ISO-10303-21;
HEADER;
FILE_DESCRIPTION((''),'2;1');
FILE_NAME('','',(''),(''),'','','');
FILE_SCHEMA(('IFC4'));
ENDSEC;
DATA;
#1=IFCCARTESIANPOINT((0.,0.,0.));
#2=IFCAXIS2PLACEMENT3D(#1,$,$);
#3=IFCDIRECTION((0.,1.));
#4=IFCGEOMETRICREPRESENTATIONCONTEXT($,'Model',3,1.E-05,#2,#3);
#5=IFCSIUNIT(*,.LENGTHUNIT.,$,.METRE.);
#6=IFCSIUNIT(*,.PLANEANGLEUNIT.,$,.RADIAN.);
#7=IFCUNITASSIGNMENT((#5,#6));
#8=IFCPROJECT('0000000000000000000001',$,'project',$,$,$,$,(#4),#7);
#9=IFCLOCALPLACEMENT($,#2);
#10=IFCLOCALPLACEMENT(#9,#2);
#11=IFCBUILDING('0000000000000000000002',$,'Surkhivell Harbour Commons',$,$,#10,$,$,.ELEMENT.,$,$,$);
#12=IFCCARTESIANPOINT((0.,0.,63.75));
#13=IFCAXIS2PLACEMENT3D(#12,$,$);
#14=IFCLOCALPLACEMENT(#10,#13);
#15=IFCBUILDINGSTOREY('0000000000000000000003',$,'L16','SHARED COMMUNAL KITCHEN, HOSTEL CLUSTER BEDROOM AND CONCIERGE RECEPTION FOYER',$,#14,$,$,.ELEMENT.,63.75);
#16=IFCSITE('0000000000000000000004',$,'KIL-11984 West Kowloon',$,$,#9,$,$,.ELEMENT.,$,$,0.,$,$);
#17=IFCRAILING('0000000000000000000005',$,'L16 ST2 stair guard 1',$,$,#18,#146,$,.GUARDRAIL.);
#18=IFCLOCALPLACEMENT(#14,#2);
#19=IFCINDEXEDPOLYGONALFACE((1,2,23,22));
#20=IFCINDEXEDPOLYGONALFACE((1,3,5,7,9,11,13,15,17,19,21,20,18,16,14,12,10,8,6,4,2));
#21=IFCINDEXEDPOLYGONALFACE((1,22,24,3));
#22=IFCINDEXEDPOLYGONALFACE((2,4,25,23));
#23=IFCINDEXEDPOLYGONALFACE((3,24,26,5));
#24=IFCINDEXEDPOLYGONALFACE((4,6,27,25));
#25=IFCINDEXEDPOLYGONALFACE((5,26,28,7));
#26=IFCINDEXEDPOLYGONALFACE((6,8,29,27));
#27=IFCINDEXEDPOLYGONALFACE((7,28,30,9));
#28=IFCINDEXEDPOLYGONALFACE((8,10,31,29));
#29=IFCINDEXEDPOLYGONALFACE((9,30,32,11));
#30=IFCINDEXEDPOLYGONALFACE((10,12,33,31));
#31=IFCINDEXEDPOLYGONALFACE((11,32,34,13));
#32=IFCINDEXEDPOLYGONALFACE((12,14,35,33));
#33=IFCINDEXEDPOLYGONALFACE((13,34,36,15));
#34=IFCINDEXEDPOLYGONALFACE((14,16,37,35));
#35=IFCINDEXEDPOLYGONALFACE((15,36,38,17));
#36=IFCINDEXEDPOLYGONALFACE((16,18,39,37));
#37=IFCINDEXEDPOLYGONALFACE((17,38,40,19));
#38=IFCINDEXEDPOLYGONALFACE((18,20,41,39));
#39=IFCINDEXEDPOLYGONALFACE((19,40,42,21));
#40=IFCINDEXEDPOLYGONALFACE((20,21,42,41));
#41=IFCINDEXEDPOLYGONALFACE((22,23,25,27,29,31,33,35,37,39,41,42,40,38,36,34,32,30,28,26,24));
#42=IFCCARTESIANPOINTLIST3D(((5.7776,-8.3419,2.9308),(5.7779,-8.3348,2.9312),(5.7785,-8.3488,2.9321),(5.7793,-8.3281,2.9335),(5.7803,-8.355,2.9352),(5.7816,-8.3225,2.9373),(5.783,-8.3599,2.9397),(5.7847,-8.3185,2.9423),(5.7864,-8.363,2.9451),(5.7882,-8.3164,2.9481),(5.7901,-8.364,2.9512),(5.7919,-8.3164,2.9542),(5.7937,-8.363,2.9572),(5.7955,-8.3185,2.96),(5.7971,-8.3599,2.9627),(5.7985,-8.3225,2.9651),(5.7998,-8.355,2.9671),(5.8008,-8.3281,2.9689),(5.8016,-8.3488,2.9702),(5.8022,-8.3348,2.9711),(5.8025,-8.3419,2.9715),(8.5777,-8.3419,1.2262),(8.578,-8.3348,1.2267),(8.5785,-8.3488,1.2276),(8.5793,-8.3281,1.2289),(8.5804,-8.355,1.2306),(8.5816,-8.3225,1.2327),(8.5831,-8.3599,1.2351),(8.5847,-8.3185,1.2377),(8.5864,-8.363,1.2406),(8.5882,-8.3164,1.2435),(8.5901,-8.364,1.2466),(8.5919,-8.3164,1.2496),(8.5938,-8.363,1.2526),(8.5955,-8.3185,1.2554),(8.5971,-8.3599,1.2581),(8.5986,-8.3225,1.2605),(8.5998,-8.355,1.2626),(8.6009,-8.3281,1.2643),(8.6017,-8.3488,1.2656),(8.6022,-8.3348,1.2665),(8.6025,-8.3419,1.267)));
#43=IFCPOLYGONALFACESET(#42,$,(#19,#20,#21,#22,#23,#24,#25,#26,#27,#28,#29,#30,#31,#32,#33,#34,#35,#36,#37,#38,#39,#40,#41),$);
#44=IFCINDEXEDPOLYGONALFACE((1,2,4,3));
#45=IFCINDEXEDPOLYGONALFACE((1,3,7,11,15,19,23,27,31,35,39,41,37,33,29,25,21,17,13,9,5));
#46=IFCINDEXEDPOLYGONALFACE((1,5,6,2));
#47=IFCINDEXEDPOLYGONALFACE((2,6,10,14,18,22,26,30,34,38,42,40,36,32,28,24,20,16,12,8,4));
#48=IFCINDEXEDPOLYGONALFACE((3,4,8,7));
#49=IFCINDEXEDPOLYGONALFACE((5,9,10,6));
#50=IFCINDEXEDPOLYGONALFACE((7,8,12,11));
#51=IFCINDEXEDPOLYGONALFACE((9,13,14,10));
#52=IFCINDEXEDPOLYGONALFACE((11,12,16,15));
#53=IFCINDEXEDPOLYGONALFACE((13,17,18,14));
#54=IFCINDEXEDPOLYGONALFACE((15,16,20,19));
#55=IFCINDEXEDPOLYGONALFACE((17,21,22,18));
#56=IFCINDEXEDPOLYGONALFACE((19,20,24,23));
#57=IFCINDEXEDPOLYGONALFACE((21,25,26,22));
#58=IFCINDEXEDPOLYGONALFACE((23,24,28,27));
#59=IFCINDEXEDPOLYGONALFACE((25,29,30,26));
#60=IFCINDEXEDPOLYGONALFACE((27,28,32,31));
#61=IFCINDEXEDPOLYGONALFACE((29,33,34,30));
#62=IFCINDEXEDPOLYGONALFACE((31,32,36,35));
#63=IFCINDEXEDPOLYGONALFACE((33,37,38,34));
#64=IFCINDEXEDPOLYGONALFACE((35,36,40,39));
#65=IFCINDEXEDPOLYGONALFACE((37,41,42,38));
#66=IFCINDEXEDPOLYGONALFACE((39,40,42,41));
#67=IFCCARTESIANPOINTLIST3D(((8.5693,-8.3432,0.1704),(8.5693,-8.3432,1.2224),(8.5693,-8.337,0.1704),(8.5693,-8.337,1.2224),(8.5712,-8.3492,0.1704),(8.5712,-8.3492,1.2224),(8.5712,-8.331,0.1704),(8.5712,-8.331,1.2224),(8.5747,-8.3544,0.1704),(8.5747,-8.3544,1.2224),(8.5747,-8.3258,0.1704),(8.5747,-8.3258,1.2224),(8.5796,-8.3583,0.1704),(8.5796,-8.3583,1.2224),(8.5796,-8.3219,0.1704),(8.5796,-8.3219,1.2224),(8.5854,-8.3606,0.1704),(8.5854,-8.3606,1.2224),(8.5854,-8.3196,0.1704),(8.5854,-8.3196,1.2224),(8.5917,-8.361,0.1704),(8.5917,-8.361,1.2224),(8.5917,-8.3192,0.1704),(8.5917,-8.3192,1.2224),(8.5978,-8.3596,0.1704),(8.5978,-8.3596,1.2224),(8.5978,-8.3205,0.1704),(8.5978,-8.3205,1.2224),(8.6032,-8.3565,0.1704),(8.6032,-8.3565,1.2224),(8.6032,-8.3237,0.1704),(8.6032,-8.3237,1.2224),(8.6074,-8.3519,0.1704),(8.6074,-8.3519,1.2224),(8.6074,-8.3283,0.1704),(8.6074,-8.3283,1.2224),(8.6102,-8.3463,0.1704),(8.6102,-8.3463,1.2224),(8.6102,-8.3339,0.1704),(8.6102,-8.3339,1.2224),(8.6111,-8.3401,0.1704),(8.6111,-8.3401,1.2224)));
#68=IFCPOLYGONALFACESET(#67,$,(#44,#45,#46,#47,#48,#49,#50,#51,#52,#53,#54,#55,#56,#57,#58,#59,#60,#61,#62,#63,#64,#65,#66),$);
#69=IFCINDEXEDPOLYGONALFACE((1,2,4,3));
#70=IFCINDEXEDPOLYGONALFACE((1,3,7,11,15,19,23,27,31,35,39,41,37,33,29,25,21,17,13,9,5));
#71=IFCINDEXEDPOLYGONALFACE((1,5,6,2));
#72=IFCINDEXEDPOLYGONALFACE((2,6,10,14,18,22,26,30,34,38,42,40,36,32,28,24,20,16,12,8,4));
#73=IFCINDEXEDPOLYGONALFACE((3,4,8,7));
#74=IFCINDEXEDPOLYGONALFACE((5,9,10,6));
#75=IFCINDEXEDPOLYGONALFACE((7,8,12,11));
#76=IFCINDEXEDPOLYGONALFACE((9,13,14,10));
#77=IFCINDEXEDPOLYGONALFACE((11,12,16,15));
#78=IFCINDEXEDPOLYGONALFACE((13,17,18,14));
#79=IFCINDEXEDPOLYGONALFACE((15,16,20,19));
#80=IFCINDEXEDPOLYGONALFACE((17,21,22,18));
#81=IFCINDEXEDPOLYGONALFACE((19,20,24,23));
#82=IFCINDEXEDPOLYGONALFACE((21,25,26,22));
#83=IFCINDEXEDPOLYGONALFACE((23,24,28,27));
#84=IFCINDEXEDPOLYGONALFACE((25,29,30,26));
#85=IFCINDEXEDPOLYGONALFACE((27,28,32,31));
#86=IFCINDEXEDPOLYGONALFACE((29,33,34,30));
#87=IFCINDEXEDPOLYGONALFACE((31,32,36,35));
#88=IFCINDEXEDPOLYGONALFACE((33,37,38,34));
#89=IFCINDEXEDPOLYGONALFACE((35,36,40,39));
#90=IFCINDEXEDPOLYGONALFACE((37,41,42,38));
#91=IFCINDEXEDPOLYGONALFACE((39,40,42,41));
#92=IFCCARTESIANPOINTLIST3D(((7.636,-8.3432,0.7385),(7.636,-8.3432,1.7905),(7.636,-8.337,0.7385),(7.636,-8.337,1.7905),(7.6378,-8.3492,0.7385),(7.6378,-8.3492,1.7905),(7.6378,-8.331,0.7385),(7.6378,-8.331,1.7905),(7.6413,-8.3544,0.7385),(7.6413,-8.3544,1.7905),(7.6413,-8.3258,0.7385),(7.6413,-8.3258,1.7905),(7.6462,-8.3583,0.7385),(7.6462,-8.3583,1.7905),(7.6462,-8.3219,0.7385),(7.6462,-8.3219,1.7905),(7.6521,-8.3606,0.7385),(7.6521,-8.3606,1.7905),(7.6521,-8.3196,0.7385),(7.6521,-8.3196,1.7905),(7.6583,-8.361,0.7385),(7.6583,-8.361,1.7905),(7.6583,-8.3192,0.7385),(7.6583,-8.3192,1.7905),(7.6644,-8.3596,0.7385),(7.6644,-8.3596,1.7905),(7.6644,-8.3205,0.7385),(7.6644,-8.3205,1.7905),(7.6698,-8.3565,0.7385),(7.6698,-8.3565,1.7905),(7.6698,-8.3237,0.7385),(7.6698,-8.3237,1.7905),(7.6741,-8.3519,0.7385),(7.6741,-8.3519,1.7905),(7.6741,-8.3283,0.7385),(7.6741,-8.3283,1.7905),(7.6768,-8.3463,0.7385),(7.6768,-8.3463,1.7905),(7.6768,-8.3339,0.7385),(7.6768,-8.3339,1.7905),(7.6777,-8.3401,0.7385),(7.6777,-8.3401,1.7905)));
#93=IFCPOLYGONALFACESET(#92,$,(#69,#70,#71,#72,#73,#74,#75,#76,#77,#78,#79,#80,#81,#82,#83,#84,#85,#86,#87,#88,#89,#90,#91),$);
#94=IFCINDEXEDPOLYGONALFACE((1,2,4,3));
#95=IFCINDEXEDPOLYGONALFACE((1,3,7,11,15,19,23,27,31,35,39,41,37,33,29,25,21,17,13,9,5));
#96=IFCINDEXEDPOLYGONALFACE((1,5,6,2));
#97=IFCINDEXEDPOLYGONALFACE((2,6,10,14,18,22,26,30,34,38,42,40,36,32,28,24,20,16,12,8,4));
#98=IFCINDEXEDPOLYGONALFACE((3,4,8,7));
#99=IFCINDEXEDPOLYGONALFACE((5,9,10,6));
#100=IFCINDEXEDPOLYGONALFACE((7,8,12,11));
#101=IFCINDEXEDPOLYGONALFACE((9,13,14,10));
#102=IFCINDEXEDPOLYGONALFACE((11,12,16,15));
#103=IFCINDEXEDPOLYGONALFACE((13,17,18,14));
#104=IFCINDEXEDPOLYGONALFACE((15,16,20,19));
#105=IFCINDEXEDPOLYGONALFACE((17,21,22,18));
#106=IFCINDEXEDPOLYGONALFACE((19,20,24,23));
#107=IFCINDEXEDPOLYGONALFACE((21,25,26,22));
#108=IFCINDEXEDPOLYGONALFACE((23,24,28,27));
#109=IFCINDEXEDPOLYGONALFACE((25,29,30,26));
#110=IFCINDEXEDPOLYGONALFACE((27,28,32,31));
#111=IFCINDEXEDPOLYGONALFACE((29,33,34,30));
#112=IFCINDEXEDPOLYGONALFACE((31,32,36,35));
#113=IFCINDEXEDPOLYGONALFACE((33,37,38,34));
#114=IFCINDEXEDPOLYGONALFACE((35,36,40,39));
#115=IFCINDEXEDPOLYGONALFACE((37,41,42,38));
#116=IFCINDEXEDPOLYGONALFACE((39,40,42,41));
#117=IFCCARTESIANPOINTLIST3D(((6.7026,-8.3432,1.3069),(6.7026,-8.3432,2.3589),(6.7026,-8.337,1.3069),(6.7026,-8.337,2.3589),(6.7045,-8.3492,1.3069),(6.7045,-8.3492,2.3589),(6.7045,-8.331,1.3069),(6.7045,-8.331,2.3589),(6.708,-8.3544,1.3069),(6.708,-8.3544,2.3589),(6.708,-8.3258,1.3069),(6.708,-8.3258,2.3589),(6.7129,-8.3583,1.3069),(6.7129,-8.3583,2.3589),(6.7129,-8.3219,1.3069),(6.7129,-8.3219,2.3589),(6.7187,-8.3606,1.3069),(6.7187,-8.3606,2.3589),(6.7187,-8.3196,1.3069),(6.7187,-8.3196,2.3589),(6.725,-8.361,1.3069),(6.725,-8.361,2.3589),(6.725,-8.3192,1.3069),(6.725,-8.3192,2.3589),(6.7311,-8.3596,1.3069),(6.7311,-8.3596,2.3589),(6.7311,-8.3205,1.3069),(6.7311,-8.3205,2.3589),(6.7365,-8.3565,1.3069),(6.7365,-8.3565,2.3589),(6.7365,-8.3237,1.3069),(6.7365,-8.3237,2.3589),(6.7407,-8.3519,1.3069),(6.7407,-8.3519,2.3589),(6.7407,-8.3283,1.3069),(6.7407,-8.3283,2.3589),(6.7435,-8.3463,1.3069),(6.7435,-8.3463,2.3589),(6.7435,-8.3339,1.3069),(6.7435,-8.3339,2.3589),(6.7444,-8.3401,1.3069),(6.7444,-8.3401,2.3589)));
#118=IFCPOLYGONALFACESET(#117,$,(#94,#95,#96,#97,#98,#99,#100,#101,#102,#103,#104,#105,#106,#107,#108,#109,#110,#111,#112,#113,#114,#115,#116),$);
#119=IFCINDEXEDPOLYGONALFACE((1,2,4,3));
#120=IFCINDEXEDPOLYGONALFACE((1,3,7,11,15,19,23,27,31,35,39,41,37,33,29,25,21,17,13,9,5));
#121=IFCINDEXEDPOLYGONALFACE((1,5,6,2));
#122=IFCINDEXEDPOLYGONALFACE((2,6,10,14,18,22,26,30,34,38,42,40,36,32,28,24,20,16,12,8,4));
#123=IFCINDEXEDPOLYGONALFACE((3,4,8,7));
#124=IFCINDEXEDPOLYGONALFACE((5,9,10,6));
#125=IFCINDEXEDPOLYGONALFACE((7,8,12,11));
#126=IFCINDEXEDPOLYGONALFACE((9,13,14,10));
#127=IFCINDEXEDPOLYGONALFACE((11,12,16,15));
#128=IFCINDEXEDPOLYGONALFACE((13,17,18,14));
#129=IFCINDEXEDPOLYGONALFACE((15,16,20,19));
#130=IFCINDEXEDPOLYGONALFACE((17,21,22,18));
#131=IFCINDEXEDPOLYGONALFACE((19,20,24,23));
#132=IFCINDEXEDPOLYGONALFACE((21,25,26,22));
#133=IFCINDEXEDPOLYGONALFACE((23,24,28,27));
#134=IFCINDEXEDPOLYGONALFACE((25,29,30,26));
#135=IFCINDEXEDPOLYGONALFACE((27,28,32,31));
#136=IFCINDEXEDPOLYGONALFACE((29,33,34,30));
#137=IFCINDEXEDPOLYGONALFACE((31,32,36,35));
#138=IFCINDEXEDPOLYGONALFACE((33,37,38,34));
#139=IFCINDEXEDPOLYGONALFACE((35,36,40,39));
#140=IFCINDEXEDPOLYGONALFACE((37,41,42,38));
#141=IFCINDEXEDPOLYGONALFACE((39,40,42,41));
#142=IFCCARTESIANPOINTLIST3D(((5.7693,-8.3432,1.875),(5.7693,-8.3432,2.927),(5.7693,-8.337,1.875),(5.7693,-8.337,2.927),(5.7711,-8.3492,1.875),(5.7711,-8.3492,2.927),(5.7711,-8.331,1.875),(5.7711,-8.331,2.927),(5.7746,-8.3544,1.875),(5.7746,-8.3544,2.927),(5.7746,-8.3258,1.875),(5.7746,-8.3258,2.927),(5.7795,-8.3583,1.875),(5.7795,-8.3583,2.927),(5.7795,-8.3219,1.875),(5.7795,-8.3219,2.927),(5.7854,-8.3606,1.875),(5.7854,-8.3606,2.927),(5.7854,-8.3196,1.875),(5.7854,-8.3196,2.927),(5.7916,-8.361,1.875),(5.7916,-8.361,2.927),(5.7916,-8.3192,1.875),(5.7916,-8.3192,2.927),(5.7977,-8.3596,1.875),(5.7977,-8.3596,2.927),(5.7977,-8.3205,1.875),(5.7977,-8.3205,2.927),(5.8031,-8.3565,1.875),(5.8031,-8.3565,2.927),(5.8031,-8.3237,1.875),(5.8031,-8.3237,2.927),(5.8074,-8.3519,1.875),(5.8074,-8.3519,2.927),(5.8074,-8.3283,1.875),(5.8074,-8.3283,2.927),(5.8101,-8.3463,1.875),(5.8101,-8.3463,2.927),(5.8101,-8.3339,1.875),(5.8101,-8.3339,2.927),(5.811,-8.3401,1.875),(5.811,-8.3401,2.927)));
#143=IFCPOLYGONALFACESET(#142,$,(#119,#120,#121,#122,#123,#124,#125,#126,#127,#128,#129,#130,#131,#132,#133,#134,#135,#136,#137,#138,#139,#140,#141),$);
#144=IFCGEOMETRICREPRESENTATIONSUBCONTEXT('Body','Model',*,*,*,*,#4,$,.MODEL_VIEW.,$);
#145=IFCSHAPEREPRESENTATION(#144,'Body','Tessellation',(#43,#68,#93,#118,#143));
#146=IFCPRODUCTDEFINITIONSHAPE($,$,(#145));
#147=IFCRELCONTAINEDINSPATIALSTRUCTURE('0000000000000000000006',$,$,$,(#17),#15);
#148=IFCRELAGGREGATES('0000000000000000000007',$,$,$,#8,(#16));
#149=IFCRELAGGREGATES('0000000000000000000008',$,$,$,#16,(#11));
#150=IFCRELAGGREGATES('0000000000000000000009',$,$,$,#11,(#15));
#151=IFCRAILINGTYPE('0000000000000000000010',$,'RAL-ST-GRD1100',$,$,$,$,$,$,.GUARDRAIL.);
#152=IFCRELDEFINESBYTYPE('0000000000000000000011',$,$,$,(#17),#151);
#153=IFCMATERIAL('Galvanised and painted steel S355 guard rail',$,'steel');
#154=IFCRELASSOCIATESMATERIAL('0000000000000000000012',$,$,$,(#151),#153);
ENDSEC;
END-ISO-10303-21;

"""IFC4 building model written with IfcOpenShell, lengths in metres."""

from ifc_helpers import new_model, si_unit, direction, frame, origin, origin_2d, place, context, subcontext, project, spatial, circle, extrude, material, type_object, element, save


model = new_model("IFC4")

# Units and contexts
model_context = context("Model", 3, precision=1e-05, world=origin(), true_north=direction((0.0, 1.0)))
body_context = subcontext(model_context, "Body", "Model", "MODEL_VIEW")
ifc_project = project(units=[si_unit("LENGTHUNIT", "METRE"), si_unit("PLANEANGLEUNIT", "RADIAN")], contexts=[model_context])

# Site, building, storey
site_placement = place(None, origin())
site = spatial("IfcSite", under=ifc_project, at=site_placement, Name="KIL-11984 West Kowloon", CompositionType="ELEMENT", RefElevation=0.0)
building_placement = place(site_placement, origin())
building = spatial("IfcBuilding", under=site, at=building_placement, Name="Surkhivell Harbour Commons", CompositionType="ELEMENT")
storey_placement = place(building_placement, frame((0.0, 0.0, 63.75)))
storey = spatial("IfcBuildingStorey", under=building, at=storey_placement, Name="L16", Description="SHARED COMMUNAL KITCHEN, HOSTEL CLUSTER BEDROOM AND CONCIERGE RECEPTION FOYER", CompositionType="ELEMENT", Elevation=63.75)

# Railing
ifc_material_1 = material(Name="Galvanised and painted steel S355 guard rail", Category="steel")
railing_type_1 = type_object("IfcRailingType", Name="RAL-ST-GRD1100", PredefinedType="GUARDRAIL", material=ifc_material_1)
railing_1_placement = place(storey_placement, frame((8.5901, -8.3401, 0.1704)))
element("IfcRailing", 1, at=railing_1_placement, inside=storey, type_object=railing_type_1, Name="L16 ST2 stair guard 1", PredefinedType="GUARDRAIL", context=body_context, shape_type="SweptSolid", body=[
    extrude(circle(Radius=0.0239, at=origin_2d()), frame((0.0, 0.0, 1.0762), z_axis=(-0.85417, 0.0, 0.519994), x_axis=(0.0, -1.0, 0.0)), (0.0, 0.0, 1.0), 3.2781),
    extrude(circle(Radius=0.021, at=origin_2d()), origin(), (0.0, 0.0, 1.0), 1.052),
    extrude(circle(Radius=0.021, at=origin_2d()), frame((-0.9333, 0.0, 0.5681)), (0.0, 0.0, 1.0), 1.052),
    extrude(circle(Radius=0.021, at=origin_2d()), frame((-1.8667, 0.0, 1.1365)), (0.0, 0.0, 1.0), 1.052),
    extrude(circle(Radius=0.021, at=origin_2d()), frame((-2.8, 0.0, 1.7046)), (0.0, 0.0, 1.0), 1.052),
])

save(model, "model.ifc")
